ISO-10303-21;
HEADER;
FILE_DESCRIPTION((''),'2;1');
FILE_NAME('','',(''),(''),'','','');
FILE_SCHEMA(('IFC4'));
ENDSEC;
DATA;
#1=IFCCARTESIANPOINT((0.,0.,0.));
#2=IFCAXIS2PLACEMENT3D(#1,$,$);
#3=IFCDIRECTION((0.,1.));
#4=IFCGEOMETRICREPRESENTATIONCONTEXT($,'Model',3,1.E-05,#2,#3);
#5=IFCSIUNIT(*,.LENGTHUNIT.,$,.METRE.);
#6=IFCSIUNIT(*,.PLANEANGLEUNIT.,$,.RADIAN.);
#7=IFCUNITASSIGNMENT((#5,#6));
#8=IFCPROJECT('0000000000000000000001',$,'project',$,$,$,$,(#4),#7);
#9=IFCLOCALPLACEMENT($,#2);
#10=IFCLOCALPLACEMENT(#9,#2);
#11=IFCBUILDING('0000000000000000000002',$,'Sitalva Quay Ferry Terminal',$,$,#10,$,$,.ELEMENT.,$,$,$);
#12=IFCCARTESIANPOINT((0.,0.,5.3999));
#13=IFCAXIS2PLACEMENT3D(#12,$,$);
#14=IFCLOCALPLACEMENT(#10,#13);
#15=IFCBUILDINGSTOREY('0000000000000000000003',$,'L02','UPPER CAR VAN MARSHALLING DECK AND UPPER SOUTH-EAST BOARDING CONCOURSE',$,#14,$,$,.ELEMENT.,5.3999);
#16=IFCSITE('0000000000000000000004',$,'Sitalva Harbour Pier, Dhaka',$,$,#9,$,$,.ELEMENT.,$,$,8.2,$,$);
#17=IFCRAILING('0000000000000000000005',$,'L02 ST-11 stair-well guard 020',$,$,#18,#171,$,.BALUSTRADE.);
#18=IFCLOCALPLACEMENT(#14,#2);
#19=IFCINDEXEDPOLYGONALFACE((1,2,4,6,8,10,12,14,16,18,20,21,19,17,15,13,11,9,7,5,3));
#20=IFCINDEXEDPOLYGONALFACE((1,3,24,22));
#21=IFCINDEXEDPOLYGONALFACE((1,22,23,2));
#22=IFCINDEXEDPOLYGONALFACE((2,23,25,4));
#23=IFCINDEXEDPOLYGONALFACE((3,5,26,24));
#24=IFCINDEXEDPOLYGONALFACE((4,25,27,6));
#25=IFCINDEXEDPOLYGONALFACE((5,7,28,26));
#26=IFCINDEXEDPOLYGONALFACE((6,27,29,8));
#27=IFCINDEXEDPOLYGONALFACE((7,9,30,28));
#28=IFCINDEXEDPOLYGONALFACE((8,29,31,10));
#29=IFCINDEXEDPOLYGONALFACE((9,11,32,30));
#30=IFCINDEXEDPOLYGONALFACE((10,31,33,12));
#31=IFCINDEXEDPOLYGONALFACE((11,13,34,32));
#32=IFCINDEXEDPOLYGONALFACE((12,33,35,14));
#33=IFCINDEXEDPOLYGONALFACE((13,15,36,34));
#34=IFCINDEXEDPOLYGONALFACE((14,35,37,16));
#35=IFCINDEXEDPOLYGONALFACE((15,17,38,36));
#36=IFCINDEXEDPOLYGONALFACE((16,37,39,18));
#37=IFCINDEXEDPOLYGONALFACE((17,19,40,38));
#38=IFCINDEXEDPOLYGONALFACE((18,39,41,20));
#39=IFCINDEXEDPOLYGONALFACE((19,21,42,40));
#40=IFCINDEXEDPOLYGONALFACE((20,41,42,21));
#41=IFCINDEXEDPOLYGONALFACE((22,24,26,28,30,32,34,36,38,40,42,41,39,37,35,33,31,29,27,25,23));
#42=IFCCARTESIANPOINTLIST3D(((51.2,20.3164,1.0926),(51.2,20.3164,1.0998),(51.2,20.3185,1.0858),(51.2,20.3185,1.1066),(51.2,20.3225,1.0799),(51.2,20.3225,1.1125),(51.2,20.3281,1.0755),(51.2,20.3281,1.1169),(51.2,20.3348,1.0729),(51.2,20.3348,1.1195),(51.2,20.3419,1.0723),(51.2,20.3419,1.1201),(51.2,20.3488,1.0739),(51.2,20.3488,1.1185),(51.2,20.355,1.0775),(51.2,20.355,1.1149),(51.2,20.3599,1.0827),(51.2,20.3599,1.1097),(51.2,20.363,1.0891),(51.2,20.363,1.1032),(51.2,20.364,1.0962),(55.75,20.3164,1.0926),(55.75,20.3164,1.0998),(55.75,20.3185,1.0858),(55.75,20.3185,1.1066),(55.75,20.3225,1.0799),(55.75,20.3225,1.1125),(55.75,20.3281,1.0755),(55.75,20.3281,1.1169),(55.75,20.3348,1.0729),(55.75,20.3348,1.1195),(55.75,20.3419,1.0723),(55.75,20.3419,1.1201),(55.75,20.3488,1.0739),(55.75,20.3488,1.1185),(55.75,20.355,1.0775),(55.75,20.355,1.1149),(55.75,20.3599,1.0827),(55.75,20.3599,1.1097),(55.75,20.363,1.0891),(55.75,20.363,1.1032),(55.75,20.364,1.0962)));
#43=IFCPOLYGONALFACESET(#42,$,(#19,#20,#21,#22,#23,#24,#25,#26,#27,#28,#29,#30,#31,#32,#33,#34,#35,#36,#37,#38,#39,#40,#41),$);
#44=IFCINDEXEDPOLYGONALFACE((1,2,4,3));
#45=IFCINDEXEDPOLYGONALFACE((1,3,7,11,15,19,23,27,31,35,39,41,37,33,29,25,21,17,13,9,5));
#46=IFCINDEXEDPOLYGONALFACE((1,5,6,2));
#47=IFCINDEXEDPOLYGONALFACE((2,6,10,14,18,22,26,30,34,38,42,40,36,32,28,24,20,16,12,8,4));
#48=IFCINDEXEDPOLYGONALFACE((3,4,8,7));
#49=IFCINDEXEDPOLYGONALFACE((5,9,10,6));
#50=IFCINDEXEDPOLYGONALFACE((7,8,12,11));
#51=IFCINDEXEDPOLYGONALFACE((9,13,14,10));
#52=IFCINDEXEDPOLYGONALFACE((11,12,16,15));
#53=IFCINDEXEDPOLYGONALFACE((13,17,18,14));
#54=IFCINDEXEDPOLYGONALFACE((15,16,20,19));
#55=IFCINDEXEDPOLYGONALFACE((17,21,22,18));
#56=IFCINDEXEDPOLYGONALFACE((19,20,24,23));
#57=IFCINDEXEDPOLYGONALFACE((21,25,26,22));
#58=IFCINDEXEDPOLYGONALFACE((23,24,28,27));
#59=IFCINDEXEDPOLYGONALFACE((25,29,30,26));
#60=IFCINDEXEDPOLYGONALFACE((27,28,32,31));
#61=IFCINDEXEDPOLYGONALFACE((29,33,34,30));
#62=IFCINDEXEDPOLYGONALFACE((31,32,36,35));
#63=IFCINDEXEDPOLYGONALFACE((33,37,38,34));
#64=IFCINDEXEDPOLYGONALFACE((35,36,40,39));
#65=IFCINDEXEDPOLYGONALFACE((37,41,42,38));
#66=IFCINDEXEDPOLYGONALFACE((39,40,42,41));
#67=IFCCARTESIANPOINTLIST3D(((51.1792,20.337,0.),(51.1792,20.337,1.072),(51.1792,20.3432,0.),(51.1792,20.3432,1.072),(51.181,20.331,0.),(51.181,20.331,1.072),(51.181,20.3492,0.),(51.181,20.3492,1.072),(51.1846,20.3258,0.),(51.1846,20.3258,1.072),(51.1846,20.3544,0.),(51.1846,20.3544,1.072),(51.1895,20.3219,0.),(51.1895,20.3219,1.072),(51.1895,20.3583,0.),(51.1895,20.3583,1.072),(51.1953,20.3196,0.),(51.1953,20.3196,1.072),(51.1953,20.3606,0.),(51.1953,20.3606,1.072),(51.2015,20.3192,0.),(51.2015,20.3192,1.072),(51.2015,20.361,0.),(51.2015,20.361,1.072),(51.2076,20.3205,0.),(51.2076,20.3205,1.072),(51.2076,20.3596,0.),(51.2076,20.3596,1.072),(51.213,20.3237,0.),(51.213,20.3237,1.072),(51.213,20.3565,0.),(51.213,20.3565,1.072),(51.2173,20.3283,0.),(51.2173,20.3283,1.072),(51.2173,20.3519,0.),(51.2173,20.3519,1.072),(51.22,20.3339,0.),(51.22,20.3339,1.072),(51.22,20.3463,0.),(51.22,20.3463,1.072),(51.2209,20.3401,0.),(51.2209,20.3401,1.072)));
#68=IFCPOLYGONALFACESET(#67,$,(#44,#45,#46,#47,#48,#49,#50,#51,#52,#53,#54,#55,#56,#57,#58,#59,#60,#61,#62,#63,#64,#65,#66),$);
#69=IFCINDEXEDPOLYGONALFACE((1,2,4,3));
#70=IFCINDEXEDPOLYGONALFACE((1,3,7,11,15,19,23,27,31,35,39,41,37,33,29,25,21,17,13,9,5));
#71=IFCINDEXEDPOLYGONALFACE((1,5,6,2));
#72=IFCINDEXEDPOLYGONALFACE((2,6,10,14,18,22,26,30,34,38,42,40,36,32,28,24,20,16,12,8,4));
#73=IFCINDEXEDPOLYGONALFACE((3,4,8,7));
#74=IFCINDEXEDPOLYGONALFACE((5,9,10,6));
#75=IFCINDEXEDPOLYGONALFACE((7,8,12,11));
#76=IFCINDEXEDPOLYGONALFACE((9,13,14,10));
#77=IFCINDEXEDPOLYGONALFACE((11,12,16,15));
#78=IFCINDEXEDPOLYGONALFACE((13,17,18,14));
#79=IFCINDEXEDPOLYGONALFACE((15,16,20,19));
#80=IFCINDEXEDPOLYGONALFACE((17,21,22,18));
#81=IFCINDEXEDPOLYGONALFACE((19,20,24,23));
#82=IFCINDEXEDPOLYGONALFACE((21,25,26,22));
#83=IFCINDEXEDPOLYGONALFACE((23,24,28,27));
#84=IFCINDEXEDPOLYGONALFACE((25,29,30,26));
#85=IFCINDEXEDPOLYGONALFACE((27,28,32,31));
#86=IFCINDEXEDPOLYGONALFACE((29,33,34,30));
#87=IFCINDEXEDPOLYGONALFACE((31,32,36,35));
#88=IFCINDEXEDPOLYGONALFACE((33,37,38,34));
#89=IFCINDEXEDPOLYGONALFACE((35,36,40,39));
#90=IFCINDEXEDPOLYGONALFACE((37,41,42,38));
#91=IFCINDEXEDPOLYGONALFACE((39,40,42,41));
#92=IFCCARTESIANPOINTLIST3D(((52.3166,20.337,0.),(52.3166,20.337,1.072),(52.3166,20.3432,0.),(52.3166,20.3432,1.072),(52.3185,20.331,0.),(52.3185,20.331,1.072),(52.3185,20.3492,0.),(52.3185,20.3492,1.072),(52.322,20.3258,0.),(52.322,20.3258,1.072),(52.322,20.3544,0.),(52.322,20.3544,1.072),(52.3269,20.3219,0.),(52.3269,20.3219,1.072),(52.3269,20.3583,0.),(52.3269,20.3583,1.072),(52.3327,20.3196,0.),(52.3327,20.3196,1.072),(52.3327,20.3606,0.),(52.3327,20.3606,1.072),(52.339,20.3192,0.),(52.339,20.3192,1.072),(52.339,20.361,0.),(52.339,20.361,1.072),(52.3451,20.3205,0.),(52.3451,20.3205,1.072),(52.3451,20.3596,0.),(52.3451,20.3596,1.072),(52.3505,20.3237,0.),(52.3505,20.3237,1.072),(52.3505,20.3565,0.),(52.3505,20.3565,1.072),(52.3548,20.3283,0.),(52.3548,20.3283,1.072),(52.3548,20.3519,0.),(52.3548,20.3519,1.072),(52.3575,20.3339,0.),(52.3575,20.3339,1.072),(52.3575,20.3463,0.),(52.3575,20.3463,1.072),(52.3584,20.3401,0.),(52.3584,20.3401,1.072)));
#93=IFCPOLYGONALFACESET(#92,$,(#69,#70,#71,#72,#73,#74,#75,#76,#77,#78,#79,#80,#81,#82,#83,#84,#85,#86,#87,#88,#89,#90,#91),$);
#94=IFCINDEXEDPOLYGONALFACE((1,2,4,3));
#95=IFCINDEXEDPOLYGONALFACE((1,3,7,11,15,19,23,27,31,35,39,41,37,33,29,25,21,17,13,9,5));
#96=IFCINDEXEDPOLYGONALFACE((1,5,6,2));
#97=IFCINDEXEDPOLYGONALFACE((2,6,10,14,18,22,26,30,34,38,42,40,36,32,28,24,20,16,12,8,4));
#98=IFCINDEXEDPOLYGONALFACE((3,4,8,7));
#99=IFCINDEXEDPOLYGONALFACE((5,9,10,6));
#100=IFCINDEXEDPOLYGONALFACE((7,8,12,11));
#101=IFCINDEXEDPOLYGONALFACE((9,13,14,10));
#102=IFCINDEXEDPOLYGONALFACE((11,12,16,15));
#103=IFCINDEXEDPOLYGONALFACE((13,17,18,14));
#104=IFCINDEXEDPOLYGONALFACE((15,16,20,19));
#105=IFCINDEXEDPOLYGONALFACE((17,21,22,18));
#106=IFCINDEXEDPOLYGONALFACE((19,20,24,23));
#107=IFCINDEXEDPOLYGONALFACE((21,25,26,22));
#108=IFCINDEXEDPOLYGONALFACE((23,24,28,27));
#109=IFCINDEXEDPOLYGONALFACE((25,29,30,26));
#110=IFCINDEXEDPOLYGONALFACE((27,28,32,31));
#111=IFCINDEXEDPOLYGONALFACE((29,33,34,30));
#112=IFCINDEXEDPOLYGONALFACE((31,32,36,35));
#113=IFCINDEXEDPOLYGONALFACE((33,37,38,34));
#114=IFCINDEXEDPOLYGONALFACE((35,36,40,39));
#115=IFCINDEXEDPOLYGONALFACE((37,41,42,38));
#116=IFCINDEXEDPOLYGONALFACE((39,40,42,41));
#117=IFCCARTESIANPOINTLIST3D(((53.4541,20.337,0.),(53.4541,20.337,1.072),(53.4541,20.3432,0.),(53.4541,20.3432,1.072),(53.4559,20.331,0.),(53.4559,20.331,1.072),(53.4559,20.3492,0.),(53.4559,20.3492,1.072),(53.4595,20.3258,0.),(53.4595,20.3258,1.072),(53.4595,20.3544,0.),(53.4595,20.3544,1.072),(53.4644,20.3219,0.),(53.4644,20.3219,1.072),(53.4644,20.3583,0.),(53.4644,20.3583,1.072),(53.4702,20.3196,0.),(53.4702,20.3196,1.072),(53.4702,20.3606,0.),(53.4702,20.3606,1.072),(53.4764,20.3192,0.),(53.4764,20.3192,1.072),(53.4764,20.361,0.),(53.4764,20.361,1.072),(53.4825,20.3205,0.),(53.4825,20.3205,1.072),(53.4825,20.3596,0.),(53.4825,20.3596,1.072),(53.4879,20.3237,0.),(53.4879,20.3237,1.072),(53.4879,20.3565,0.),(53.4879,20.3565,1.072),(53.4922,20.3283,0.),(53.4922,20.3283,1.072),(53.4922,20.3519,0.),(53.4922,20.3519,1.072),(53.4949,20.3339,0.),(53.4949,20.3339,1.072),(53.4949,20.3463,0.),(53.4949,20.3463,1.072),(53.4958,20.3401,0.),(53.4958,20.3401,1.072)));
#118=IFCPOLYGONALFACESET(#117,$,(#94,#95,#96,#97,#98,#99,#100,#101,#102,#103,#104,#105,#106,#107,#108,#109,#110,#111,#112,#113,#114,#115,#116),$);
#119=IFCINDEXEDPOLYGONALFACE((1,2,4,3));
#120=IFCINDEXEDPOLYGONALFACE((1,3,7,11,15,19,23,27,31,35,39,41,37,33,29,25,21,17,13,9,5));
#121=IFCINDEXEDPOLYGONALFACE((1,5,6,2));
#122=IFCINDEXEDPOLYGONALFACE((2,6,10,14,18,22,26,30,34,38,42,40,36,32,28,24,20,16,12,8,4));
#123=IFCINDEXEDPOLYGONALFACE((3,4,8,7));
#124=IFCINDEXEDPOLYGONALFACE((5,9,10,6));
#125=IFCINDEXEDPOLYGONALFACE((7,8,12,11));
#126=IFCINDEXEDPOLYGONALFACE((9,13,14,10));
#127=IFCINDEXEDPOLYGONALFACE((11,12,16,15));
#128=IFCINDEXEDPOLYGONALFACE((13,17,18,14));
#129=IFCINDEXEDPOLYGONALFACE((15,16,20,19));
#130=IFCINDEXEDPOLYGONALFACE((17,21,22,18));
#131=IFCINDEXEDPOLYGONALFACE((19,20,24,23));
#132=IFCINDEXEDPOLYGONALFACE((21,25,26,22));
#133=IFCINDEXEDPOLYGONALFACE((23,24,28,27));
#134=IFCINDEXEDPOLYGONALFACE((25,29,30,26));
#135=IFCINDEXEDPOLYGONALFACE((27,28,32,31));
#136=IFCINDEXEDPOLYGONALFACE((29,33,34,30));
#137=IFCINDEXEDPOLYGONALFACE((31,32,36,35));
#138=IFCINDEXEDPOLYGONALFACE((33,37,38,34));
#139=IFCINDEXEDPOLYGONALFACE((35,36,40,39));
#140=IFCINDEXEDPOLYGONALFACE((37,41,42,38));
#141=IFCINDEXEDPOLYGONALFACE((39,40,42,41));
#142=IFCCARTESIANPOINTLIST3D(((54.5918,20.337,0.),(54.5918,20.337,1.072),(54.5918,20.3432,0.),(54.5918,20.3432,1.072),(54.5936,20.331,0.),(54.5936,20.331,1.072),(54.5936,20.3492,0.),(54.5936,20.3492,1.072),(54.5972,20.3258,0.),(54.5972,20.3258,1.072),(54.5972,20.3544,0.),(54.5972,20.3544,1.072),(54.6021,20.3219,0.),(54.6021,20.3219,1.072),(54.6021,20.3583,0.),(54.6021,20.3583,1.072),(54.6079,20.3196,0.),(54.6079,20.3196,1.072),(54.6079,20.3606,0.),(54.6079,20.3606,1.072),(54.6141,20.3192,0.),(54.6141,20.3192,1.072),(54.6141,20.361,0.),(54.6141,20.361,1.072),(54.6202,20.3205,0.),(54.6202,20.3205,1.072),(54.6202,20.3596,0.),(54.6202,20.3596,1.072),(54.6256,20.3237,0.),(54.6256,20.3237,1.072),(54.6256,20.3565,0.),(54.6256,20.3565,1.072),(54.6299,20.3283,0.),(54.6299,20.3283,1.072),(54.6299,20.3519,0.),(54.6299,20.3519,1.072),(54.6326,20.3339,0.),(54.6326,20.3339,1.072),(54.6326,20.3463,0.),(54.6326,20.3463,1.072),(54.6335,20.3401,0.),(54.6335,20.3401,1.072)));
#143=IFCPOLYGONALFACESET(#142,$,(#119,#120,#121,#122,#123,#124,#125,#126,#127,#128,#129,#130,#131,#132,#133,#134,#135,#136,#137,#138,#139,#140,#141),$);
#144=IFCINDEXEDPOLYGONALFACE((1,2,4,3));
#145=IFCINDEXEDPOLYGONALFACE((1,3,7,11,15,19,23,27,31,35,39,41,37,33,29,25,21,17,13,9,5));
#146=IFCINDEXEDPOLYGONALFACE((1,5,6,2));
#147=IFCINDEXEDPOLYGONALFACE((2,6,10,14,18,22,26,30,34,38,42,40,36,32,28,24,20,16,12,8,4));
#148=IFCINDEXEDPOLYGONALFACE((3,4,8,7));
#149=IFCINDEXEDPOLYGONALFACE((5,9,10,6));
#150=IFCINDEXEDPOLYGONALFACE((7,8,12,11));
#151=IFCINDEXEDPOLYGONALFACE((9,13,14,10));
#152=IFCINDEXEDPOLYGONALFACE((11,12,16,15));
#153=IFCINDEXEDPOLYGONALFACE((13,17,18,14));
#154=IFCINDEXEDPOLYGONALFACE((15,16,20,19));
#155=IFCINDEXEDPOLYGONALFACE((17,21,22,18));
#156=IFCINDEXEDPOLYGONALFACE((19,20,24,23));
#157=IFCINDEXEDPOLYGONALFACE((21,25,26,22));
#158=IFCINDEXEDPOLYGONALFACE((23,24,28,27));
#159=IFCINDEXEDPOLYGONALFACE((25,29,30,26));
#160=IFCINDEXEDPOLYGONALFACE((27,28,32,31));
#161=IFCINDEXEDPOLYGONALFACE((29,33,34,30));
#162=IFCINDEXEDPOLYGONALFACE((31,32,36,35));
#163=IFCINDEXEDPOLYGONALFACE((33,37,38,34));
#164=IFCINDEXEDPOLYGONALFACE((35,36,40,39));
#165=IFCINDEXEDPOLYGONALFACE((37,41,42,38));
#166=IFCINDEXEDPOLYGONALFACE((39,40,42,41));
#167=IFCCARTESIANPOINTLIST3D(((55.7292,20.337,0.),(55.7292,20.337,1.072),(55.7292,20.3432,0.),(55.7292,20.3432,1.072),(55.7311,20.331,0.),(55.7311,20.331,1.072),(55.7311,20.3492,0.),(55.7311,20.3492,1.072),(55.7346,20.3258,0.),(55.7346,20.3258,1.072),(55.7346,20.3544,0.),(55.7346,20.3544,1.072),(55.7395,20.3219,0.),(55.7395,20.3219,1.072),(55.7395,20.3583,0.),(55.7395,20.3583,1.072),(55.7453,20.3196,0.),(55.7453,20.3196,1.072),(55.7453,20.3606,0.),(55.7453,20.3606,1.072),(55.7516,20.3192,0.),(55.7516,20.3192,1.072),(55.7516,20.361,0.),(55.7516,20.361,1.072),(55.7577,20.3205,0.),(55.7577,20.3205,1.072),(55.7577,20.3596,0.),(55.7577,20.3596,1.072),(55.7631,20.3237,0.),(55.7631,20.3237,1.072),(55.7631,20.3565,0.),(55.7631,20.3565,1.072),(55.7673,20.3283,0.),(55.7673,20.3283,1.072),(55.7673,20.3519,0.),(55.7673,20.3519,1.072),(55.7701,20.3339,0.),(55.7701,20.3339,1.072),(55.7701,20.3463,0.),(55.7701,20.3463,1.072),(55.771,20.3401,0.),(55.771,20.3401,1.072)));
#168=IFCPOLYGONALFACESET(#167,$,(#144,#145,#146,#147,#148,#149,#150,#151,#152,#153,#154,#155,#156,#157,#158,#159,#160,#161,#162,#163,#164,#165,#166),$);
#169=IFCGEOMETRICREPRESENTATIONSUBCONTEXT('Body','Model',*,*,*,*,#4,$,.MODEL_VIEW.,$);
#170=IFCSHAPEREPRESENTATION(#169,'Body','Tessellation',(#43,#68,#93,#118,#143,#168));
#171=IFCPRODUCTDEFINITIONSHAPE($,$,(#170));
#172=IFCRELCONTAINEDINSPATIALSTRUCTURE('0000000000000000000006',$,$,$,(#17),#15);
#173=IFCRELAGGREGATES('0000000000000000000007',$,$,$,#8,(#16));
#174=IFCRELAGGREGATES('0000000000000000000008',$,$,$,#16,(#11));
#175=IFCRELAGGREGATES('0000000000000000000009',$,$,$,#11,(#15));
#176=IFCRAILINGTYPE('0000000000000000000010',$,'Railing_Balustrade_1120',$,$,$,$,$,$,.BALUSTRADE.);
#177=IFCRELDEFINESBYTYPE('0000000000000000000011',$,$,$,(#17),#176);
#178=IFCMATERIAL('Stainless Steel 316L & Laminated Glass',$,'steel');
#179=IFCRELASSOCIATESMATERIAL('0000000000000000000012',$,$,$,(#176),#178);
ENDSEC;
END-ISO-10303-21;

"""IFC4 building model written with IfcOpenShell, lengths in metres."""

from ifc_helpers import new_model, si_unit, direction, frame, origin, origin_2d, place, context, subcontext, project, spatial, circle, extrude, material, type_object, element, save


model = new_model("IFC4")

# Units and contexts
model_context = context("Model", 3, precision=1e-05, world=origin(), true_north=direction((0.0, 1.0)))
body_context = subcontext(model_context, "Body", "Model", "MODEL_VIEW")
ifc_project = project(units=[si_unit("LENGTHUNIT", "METRE"), si_unit("PLANEANGLEUNIT", "RADIAN")], contexts=[model_context])

# Site, building, storey
site_placement = place(None, origin())
site = spatial("IfcSite", under=ifc_project, at=site_placement, Name="Sitalva Harbour Pier, Dhaka", CompositionType="ELEMENT", RefElevation=8.2)
building_placement = place(site_placement, origin())
building = spatial("IfcBuilding", under=site, at=building_placement, Name="Sitalva Quay Ferry Terminal", CompositionType="ELEMENT")
storey_placement = place(building_placement, frame((0.0, 0.0, 5.3999)))
storey = spatial("IfcBuildingStorey", under=building, at=storey_placement, Name="L02", Description="UPPER CAR VAN MARSHALLING DECK AND UPPER SOUTH-EAST BOARDING CONCOURSE", CompositionType="ELEMENT", Elevation=5.3999)

# Railing
ifc_material_1 = material(Name="Stainless Steel 316L & Laminated Glass", Category="steel")
railing_type = type_object("IfcRailingType", Name="Railing_Balustrade_1120", PredefinedType="BALUSTRADE", material=ifc_material_1)
railing_1_placement = place(storey_placement, frame((51.2, 20.3401, 0.0)))
element("IfcRailing", 1, at=railing_1_placement, inside=storey, type_object=railing_type, Name="L02 ST-11 stair-well guard 020", PredefinedType="BALUSTRADE", context=body_context, shape_type="SweptSolid", body=[
    extrude(circle(Radius=0.0239, at=origin_2d()), frame((0.0, 0.0, 1.0962), z_axis=(1.0, 0.0, 0.0), x_axis=(0.0, 1.0, 0.0)), (0.0, 0.0, 1.0), 4.55),
    extrude(circle(Radius=0.021, at=origin_2d()), origin(), (0.0, 0.0, 1.0), 1.072),
    extrude(circle(Radius=0.021, at=origin_2d()), frame((1.1375, 0.0, 0.0)), (0.0, 0.0, 1.0), 1.072),
    extrude(circle(Radius=0.021, at=origin_2d()), frame((2.2749, 0.0, 0.0)), (0.0, 0.0, 1.0), 1.072),
    extrude(circle(Radius=0.021, at=origin_2d()), frame((3.4126, 0.0, 0.0)), (0.0, 0.0, 1.0), 1.072),
    extrude(circle(Radius=0.021, at=origin_2d()), frame((4.55, 0.0, 0.0)), (0.0, 0.0, 1.0), 1.072),
])

save(model, "model.ifc")
